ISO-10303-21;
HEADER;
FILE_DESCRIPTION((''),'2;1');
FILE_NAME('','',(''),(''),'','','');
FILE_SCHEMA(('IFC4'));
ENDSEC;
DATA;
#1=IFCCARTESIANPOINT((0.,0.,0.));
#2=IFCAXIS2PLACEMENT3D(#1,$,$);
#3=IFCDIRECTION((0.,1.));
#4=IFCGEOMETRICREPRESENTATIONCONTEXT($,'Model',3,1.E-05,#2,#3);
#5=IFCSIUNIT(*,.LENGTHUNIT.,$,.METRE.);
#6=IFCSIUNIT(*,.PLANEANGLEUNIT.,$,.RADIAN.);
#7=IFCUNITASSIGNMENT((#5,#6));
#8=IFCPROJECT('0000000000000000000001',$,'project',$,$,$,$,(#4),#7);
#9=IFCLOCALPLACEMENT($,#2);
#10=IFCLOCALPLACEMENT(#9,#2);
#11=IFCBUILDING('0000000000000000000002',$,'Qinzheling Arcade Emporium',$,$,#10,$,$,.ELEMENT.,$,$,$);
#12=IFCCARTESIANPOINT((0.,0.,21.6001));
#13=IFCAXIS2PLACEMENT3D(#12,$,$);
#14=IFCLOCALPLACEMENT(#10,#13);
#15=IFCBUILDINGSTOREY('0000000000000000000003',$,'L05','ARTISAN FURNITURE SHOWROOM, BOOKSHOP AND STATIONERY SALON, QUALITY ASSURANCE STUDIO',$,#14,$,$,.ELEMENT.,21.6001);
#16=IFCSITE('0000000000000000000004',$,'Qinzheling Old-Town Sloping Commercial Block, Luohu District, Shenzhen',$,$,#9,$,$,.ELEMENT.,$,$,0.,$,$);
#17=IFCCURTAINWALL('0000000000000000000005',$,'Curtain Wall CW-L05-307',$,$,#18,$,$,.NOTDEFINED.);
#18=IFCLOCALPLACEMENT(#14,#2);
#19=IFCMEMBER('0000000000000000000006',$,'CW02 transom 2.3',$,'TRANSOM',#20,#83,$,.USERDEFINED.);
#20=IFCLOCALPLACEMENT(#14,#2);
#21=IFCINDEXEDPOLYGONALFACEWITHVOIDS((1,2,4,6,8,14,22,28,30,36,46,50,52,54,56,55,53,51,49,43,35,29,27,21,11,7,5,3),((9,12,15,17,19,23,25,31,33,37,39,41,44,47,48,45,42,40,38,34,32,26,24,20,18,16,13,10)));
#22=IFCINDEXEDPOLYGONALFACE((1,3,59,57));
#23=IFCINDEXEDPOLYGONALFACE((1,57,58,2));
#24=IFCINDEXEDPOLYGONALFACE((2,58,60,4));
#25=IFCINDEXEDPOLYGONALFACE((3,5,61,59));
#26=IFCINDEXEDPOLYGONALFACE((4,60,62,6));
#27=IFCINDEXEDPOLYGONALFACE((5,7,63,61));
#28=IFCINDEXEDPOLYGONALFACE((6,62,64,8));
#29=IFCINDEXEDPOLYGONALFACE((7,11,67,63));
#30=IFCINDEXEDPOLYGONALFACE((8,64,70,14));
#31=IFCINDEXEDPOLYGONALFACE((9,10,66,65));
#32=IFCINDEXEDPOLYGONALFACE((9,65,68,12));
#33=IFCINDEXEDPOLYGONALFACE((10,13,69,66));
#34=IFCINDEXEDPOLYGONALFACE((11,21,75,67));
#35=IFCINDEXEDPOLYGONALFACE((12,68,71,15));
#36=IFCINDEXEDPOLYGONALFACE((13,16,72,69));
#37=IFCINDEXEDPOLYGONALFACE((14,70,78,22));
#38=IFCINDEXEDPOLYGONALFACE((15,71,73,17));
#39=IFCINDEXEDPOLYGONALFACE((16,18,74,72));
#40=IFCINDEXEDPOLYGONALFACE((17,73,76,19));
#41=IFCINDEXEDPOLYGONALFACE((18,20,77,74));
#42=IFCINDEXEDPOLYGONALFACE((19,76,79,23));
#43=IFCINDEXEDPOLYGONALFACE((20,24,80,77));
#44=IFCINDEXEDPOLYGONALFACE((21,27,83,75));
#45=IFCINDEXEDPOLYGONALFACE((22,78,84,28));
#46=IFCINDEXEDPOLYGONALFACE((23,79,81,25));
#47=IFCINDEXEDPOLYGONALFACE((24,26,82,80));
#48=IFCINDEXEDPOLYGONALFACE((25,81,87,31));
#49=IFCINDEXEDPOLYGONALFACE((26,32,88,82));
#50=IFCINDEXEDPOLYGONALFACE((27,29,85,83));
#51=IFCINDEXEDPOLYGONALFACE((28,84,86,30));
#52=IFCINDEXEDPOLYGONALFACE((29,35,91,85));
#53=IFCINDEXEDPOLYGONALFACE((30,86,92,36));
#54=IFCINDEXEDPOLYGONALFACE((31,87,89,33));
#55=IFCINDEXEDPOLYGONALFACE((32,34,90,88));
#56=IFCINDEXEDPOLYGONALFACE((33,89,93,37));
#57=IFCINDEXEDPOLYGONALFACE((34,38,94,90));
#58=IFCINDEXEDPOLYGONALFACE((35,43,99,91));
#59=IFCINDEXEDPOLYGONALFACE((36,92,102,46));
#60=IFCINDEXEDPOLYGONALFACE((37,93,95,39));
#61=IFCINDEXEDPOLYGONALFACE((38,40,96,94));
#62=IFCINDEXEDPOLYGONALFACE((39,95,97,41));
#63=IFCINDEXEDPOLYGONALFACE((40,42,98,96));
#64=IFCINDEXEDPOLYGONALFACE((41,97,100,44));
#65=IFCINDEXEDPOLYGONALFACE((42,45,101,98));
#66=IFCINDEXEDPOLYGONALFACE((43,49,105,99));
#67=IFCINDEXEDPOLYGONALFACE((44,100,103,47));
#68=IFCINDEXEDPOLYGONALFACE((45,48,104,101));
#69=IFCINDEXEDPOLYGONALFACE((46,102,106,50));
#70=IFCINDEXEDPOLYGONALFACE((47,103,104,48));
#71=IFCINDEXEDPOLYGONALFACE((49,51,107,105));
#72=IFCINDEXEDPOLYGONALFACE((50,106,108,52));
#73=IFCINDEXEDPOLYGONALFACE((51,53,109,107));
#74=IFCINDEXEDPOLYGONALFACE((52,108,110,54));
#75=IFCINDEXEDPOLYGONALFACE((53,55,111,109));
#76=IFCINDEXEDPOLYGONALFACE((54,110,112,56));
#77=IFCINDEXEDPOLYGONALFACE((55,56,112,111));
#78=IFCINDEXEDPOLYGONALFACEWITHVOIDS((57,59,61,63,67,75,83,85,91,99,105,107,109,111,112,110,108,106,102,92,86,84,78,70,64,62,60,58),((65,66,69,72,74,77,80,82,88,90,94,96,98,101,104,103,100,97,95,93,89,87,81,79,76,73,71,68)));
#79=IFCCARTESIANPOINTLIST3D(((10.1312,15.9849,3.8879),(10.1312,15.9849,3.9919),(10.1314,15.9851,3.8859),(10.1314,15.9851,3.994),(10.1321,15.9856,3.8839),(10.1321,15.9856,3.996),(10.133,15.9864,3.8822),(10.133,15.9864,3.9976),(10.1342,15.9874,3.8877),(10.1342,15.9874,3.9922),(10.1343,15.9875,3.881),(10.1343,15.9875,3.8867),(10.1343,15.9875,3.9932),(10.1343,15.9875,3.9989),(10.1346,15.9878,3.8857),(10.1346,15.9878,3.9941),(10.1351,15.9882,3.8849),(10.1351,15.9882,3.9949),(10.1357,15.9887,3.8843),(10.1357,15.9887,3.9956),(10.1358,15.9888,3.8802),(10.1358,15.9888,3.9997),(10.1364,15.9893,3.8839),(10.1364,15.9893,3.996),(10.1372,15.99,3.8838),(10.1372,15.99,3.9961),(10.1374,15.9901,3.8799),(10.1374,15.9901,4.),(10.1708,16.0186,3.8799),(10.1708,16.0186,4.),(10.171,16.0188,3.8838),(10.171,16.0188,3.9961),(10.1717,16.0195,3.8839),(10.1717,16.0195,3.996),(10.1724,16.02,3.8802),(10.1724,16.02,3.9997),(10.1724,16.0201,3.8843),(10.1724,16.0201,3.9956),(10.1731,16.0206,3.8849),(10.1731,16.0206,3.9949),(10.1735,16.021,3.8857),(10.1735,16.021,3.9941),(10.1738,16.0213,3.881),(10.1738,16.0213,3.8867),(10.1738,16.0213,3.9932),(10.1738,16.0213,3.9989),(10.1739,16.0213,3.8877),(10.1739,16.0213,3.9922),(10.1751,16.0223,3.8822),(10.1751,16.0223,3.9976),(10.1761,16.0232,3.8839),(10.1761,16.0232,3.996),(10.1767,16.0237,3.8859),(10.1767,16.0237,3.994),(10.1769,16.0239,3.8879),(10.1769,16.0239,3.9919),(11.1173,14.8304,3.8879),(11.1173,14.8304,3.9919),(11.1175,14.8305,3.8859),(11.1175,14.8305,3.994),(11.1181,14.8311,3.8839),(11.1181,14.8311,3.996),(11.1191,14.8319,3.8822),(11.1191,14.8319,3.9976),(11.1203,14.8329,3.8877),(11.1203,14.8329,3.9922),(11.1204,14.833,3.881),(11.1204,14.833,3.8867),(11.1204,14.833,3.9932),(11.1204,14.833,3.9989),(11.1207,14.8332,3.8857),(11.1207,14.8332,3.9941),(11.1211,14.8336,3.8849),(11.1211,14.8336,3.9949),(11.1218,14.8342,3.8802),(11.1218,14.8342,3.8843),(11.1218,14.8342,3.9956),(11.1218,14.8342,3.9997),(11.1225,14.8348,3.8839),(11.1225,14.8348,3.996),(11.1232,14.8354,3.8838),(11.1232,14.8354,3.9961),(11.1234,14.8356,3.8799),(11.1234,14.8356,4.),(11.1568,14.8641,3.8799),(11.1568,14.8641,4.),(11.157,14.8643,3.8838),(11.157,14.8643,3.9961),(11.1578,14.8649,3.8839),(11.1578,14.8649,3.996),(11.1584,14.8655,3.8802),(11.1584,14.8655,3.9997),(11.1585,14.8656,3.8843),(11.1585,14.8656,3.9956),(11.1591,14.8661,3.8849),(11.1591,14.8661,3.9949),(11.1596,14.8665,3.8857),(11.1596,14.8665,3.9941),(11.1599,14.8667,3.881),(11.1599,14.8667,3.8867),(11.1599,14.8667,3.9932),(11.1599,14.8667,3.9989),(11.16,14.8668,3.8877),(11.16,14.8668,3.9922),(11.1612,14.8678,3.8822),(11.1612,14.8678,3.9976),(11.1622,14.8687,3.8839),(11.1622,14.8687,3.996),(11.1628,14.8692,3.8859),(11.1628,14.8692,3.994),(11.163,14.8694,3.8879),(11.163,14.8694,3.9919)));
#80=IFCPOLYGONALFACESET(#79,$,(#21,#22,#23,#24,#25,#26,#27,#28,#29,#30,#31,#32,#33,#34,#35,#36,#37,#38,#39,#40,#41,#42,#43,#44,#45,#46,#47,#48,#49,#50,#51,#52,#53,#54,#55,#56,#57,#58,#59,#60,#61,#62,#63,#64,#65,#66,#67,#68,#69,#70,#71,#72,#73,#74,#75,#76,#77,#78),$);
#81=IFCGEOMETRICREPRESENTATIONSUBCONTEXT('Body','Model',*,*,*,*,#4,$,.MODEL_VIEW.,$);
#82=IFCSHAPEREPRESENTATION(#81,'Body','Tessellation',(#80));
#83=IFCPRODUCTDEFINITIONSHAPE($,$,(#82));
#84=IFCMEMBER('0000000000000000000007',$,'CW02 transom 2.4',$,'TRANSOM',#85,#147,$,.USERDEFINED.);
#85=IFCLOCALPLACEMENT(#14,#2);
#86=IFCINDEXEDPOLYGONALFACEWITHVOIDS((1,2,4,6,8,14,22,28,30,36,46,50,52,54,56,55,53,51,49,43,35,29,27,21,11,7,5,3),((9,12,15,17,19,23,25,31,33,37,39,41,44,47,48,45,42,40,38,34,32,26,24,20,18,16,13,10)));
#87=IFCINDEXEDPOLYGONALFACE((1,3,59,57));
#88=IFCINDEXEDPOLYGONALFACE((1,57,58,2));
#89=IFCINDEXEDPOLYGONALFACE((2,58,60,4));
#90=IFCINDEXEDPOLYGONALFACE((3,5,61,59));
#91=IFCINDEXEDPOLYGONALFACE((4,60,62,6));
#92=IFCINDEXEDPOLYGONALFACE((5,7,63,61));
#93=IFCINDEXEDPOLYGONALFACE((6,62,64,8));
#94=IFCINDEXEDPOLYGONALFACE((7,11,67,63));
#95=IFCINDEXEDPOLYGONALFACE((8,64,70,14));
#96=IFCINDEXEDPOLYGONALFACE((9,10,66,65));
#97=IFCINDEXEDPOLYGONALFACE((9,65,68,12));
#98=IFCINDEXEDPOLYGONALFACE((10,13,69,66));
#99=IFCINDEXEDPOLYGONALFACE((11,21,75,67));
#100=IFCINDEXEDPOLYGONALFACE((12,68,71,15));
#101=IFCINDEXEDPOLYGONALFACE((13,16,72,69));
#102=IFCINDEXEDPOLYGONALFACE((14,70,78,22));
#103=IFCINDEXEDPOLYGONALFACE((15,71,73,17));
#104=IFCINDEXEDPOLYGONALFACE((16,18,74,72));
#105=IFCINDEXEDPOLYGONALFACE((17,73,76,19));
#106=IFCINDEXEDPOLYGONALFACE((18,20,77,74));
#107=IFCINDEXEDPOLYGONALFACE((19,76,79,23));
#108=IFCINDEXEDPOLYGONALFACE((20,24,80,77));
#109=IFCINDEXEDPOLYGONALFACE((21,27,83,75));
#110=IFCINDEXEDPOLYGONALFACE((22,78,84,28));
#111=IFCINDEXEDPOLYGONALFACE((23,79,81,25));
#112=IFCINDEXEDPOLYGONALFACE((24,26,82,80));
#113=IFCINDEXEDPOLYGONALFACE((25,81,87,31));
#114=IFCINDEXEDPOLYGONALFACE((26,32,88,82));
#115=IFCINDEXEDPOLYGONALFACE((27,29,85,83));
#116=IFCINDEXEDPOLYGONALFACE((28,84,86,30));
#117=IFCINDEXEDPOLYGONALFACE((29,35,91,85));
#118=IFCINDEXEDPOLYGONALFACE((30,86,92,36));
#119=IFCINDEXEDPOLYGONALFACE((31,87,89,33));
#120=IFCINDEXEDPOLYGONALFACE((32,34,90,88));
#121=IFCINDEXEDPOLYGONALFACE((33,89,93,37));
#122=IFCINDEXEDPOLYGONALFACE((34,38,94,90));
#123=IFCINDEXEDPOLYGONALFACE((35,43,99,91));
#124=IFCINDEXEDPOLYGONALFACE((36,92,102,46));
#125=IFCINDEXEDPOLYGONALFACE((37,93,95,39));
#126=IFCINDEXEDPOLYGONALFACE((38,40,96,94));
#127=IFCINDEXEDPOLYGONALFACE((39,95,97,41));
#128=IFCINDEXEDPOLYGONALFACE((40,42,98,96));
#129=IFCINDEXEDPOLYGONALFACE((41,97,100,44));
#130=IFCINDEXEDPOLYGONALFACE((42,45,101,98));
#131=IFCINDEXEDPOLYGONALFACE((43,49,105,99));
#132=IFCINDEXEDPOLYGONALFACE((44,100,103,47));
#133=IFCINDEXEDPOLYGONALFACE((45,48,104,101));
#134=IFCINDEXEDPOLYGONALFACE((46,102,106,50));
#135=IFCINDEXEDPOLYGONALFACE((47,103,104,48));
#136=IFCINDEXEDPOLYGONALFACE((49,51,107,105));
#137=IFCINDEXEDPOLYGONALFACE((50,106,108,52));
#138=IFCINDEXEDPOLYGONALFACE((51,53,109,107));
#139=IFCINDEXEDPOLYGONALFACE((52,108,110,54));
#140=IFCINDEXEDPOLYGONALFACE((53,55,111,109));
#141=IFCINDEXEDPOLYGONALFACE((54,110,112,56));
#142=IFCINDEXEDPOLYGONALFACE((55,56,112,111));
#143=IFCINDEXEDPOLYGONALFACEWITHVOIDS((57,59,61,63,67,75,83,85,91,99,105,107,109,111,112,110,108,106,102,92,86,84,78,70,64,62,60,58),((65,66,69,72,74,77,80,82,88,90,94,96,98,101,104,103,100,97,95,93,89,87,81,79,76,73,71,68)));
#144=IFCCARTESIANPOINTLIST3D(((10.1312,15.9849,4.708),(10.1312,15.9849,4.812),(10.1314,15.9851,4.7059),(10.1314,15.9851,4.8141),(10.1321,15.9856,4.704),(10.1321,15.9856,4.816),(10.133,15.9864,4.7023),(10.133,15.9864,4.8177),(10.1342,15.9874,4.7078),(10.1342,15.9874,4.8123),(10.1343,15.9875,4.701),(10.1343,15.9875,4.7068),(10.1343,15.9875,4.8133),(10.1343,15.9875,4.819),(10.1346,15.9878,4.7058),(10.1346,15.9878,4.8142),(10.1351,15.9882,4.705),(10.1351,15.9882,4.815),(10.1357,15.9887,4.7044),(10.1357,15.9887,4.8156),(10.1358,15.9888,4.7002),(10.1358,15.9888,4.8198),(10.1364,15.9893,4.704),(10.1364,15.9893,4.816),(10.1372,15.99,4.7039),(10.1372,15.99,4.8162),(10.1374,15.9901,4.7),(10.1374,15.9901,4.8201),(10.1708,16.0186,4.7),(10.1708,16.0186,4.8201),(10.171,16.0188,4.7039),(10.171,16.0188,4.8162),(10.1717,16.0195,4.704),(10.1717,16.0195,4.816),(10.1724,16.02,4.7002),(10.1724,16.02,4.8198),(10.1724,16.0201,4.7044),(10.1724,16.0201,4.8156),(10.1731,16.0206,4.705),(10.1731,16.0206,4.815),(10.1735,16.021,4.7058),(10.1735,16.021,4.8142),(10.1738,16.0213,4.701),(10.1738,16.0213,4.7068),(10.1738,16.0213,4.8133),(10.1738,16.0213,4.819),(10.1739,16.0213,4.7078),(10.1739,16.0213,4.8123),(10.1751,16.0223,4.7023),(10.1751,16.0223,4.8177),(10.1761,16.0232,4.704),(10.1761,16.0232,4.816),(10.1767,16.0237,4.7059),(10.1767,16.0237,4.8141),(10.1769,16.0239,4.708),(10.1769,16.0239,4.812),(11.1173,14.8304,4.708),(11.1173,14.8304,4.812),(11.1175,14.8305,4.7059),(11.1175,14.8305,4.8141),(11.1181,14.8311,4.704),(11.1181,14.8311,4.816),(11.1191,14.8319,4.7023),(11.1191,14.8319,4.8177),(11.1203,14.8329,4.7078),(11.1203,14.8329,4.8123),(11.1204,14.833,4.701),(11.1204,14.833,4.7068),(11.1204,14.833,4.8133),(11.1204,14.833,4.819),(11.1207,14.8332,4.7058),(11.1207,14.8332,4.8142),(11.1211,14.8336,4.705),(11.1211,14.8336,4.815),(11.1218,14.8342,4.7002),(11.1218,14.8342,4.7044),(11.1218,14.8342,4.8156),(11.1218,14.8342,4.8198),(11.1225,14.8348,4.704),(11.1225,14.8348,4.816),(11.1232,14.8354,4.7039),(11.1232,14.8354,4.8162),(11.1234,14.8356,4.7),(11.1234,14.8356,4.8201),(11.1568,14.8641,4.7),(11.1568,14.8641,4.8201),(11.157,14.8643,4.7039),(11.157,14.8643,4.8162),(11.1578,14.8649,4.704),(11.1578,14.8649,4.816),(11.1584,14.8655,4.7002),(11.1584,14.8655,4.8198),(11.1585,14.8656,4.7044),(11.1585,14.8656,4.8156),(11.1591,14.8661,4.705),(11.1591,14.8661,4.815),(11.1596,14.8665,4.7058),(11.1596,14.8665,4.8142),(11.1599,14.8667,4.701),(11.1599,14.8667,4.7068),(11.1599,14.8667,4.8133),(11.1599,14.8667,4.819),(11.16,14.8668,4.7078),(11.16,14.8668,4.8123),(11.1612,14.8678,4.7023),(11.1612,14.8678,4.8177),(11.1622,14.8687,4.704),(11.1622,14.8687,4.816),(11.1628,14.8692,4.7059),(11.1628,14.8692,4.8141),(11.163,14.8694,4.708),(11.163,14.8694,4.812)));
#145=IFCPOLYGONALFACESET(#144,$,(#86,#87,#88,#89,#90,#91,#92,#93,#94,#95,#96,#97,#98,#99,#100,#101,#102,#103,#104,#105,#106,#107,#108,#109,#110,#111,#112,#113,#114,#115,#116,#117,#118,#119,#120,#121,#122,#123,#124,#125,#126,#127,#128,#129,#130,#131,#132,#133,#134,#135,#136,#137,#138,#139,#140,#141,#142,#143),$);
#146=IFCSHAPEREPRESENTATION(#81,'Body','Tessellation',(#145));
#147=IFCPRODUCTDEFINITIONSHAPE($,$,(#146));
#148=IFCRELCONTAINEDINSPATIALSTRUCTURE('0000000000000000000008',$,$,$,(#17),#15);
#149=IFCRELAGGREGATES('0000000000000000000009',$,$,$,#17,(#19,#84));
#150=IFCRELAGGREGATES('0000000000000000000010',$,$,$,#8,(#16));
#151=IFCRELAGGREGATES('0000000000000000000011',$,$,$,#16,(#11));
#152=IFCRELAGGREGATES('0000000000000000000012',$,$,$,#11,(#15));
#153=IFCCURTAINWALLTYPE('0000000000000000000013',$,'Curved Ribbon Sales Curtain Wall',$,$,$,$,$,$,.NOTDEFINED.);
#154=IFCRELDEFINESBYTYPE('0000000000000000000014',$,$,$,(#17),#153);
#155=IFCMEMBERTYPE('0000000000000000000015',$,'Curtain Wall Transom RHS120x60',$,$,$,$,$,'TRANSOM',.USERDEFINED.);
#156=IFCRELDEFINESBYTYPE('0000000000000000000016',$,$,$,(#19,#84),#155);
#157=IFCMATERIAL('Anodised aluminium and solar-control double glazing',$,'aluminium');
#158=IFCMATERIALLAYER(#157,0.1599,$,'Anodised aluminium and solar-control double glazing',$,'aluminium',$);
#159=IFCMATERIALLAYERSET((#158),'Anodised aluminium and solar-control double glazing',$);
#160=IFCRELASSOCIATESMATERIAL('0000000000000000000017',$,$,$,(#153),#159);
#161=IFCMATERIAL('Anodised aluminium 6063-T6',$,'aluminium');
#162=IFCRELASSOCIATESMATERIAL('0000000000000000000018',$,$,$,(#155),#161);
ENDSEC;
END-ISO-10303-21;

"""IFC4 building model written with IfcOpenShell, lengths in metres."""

from ifc_helpers import new_model, si_unit, direction, frame, origin, origin_2d, place, context, subcontext, project, spatial, hollow_rectangle, extrude, material, layer, layer_set, material_profile, profile_set, type_object, element, aggregate, save


model = new_model("IFC4")

# Units and contexts
model_context = context("Model", 3, precision=1e-05, world=origin(), true_north=direction((0.0, 1.0)))
body_context = subcontext(model_context, "Body", "Model", "MODEL_VIEW")
ifc_project = project(units=[si_unit("LENGTHUNIT", "METRE"), si_unit("PLANEANGLEUNIT", "RADIAN")], contexts=[model_context])

# Site, building, storey
site_placement = place(None, origin())
site = spatial("IfcSite", under=ifc_project, at=site_placement, Name="Qinzheling Old-Town Sloping Commercial Block, Luohu District, Shenzhen", CompositionType="ELEMENT", RefElevation=0.0)
building_placement = place(site_placement, origin())
building = spatial("IfcBuilding", under=site, at=building_placement, Name="Qinzheling Arcade Emporium", CompositionType="ELEMENT")
storey_placement = place(building_placement, frame((0.0, 0.0, 21.6001)))
storey = spatial("IfcBuildingStorey", under=building, at=storey_placement, Name="L05", Description="ARTISAN FURNITURE SHOWROOM, BOOKSHOP AND STATIONERY SALON, QUALITY ASSURANCE STUDIO", CompositionType="ELEMENT", Elevation=21.6001)

# Curtain wall
ifc_material_1 = material(Name="Anodised aluminium and solar-control double glazing", Category="aluminium")
ifc_layer_1 = layer(ifc_material_1, 0.1599, Name="Anodised aluminium and solar-control double glazing", Category="aluminium")
ifc_layer_set_1 = layer_set([ifc_layer_1], Name="Anodised aluminium and solar-control double glazing")
curtain_wall_type = type_object("IfcCurtainWallType", Name="Curved Ribbon Sales Curtain Wall", PredefinedType="NOTDEFINED", material=ifc_layer_set_1)
curtain_wall_1_placement = place(storey_placement, origin())
curtain_wall_1 = element("IfcCurtainWall", 1, at=curtain_wall_1_placement, inside=storey, type_object=curtain_wall_type, Name="Curtain Wall CW-L05-307", PredefinedType="NOTDEFINED")
ifc_material_2 = material(Name="Anodised aluminium 6063-T6", Category="aluminium")

# Members
ifc_material_profile_1 = material_profile(ifc_material_2, hollow_rectangle(XDim=0.0601, YDim=0.1201, WallThickness=0.0039, InnerFilletRadius=0.0039, OuterFilletRadius=0.0081, at=origin_2d()), Name="RHS 120x60x4", Category="aluminium")
ifc_profile_set_1 = profile_set([ifc_material_profile_1], Name="Anodised aluminium 6063-T6")
member_type_1 = type_object("IfcMemberType", Name="Curtain Wall Transom RHS120x60", ElementType="TRANSOM", PredefinedType="USERDEFINED", material=ifc_profile_set_1)
member_1_placement = place(storey_placement, frame((11.1401, 14.8499, 3.9399), z_axis=(-0.649453, 0.760402, 0.0), x_axis=(-0.760402, -0.649453, 0.0)))
member_1 = element("IfcMember", 2, at=member_1_placement, type_object=member_type_1, Name="CW02 transom 2.3", ObjectType="TRANSOM", PredefinedType="USERDEFINED", context=body_context, shape_type="SweptSolid", body=[
    extrude(hollow_rectangle(XDim=0.0601, YDim=0.1201, WallThickness=0.0039, InnerFilletRadius=0.0039, OuterFilletRadius=0.0081, at=origin_2d()), origin(), (0.0, 0.0, 1.0), 1.5183),
])
member_2_placement = place(storey_placement, frame((11.1401, 14.8499, 4.76), z_axis=(-0.649453, 0.760402, 0.0), x_axis=(-0.760402, -0.649453, 0.0)))
member_2 = element("IfcMember", 3, at=member_2_placement, type_object=member_type_1, Name="CW02 transom 2.4", ObjectType="TRANSOM", PredefinedType="USERDEFINED", context=body_context, shape_type="SweptSolid", body=[
    extrude(hollow_rectangle(XDim=0.0601, YDim=0.1201, WallThickness=0.0039, InnerFilletRadius=0.0039, OuterFilletRadius=0.0081, at=origin_2d()), origin(), (0.0, 0.0, 1.0), 1.5183),
])

aggregate(curtain_wall_1, [member_1, member_2])

save(model, "model.ifc")
